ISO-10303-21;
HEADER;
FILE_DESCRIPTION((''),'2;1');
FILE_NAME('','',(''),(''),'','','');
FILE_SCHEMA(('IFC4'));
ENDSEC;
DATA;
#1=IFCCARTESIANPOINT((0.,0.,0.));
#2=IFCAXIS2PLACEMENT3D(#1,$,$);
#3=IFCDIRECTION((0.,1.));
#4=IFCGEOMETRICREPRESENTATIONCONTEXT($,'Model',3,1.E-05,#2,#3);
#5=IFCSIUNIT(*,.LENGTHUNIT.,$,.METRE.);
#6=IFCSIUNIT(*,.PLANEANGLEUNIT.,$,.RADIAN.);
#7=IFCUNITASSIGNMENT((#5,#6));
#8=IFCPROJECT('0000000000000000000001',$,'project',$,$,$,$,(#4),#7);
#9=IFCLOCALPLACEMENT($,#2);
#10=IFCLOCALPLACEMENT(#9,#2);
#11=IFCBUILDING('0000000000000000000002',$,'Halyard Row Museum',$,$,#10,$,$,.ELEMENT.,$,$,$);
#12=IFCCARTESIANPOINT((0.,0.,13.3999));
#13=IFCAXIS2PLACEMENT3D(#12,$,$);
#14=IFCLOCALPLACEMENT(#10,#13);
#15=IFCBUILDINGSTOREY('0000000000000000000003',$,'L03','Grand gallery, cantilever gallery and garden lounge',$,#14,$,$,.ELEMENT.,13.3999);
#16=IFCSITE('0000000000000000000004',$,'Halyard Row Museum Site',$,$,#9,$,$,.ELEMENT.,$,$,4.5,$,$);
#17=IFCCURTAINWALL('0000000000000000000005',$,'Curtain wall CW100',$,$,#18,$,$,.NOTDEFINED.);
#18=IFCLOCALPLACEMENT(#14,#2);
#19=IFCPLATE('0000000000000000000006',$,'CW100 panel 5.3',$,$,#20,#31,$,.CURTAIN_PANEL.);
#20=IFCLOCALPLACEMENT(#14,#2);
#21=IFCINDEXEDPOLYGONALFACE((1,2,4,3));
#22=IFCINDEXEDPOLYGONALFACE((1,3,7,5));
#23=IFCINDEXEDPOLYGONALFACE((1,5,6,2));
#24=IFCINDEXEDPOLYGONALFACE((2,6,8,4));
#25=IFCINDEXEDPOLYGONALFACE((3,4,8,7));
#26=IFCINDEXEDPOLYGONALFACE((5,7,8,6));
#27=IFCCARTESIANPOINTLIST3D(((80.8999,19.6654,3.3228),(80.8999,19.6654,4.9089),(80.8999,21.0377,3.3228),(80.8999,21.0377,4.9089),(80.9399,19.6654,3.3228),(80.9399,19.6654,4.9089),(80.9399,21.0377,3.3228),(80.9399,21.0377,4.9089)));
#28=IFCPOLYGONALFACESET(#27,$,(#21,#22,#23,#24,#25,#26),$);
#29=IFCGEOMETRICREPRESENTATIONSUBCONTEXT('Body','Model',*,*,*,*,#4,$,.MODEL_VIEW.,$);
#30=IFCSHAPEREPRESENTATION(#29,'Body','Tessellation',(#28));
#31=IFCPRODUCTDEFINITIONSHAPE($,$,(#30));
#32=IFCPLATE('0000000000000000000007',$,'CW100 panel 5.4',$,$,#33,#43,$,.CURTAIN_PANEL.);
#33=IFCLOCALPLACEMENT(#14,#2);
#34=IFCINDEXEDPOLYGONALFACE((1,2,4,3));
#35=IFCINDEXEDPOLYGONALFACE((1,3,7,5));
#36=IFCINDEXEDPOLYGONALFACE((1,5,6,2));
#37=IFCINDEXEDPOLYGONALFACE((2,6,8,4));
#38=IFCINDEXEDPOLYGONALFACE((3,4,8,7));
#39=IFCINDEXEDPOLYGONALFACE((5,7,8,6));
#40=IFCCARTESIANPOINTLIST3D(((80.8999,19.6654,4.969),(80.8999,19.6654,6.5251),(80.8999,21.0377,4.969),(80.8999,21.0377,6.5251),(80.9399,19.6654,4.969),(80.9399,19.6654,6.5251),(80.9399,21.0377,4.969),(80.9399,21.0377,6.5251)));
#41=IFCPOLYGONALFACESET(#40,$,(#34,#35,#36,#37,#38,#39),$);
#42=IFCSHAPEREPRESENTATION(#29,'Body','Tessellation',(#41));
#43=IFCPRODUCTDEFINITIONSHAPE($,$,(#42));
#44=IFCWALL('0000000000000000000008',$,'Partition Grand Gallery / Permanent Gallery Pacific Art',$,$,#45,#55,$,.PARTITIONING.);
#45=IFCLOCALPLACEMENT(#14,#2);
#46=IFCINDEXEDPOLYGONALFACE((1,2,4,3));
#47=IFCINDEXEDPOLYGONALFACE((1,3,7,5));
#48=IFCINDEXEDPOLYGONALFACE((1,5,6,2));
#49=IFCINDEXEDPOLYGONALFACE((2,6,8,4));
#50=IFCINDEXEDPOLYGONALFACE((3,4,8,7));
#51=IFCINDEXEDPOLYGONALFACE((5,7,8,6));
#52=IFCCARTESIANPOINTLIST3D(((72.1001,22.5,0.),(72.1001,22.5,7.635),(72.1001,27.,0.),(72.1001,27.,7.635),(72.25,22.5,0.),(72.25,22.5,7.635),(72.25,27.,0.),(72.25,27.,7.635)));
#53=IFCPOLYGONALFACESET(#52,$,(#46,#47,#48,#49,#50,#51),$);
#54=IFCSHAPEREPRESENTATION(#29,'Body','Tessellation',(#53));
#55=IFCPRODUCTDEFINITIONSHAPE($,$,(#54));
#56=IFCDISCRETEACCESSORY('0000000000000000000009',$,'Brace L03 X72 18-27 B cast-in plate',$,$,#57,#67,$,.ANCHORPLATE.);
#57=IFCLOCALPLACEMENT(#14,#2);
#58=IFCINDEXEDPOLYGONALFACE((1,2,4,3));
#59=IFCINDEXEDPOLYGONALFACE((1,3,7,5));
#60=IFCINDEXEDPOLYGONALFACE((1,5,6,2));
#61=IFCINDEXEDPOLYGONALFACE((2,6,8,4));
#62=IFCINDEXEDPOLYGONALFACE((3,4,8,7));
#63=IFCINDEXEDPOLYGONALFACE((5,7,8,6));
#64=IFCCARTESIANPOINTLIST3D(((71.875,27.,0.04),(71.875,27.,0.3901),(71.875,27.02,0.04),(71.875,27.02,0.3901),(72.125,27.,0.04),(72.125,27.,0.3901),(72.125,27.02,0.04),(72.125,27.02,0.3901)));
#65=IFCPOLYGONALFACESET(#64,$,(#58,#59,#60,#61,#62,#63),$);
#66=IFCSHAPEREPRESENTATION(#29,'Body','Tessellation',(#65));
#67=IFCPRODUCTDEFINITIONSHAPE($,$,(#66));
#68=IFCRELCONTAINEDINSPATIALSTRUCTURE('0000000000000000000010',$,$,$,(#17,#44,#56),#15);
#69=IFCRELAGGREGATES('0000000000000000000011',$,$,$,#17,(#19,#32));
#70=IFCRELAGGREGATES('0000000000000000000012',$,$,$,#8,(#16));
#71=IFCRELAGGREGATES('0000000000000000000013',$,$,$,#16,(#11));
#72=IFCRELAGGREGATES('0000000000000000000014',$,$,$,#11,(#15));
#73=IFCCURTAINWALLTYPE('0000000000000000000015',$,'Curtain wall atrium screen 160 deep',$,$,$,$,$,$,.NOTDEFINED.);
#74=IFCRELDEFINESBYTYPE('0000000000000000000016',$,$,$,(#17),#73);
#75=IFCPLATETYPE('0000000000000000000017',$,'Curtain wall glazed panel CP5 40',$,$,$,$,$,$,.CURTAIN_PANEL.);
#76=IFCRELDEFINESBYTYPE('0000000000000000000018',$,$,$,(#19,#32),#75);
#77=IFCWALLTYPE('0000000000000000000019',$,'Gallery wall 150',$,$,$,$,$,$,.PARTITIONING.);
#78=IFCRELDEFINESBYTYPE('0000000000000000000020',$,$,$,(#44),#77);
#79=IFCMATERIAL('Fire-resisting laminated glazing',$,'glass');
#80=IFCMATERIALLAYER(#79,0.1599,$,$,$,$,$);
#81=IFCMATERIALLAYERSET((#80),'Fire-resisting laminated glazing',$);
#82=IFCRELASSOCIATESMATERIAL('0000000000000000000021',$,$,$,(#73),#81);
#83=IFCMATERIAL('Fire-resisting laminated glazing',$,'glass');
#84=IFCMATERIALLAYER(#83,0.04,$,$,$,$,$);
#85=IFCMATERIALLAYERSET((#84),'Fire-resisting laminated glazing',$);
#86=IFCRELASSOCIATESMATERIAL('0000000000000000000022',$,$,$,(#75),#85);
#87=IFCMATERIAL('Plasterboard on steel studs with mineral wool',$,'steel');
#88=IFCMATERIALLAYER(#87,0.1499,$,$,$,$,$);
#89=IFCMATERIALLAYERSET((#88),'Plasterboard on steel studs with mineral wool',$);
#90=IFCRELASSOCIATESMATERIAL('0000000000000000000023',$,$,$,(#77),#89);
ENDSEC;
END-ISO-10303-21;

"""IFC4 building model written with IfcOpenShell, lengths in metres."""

from ifc_helpers import new_model, si_unit, direction, frame, frame_2d, origin, origin_2d, place, context, subcontext, project, spatial, rectangle, extrude, material, layer, layer_set, type_object, element, aggregate, save


model = new_model("IFC4")

# Units and contexts
model_context = context("Model", 3, precision=1e-05, world=origin(), true_north=direction((0.0, 1.0)))
body_context = subcontext(model_context, "Body", "Model", "MODEL_VIEW")
ifc_project = project(units=[si_unit("LENGTHUNIT", "METRE"), si_unit("PLANEANGLEUNIT", "RADIAN")], contexts=[model_context])

# Site, building, storey
site_placement = place(None, origin())
site = spatial("IfcSite", under=ifc_project, at=site_placement, Name="Halyard Row Museum Site", CompositionType="ELEMENT", RefElevation=4.5)
building_placement = place(site_placement, origin())
building = spatial("IfcBuilding", under=site, at=building_placement, Name="Halyard Row Museum", CompositionType="ELEMENT")
storey_placement = place(building_placement, frame((0.0, 0.0, 13.3999)))
storey = spatial("IfcBuildingStorey", under=building, at=storey_placement, Name="L03", Description="Grand gallery, cantilever gallery and garden lounge", CompositionType="ELEMENT", Elevation=13.3999)

# Curtain wall
ifc_material_1 = material(Name="Fire-resisting laminated glazing", Category="glass")
ifc_layer_1 = layer(ifc_material_1, 0.1599)
ifc_layer_set_1 = layer_set([ifc_layer_1], Name="Fire-resisting laminated glazing")
curtain_wall_type = type_object("IfcCurtainWallType", Name="Curtain wall atrium screen 160 deep", PredefinedType="NOTDEFINED", material=ifc_layer_set_1)
curtain_wall_placement = place(storey_placement, origin())
curtain_wall = element("IfcCurtainWall", 1, at=curtain_wall_placement, inside=storey, type_object=curtain_wall_type, Name="Curtain wall CW100", PredefinedType="NOTDEFINED")

# Plates
ifc_material_2 = material(Name="Fire-resisting laminated glazing", Category="glass")
ifc_layer_2 = layer(ifc_material_2, 0.04)
ifc_layer_set_2 = layer_set([ifc_layer_2], Name="Fire-resisting laminated glazing")
plate_type = type_object("IfcPlateType", Name="Curtain wall glazed panel CP5 40", PredefinedType="CURTAIN_PANEL", material=ifc_layer_set_2)
plate_1_placement = place(storey_placement, frame((80.9199, 20.3516, 3.3228), z_axis=(0.0, 0.0, 1.0), x_axis=(0.0, -1.0, 0.0)))
plate_1 = element("IfcPlate", 2, at=plate_1_placement, type_object=plate_type, Name="CW100 panel 5.3", PredefinedType="CURTAIN_PANEL", context=body_context, shape_type="SweptSolid", body=[
    extrude(rectangle(XDim=1.3723, YDim=0.04, at=origin_2d()), origin(), (0.0, 0.0, 1.0), 1.5862),
])
plate_2_placement = place(storey_placement, frame((80.9199, 20.3516, 4.969), z_axis=(0.0, 0.0, 1.0), x_axis=(0.0, -1.0, 0.0)))
plate_2 = element("IfcPlate", 3, at=plate_2_placement, type_object=plate_type, Name="CW100 panel 5.4", PredefinedType="CURTAIN_PANEL", context=body_context, shape_type="SweptSolid", body=[
    extrude(rectangle(XDim=1.3723, YDim=0.04, at=origin_2d()), origin(), (0.0, 0.0, 1.0), 1.5562),
])
aggregate(curtain_wall, [plate_1, plate_2])

# Wall
ifc_material_3 = material(Name="Plasterboard on steel studs with mineral wool", Category="steel")
ifc_layer_3 = layer(ifc_material_3, 0.1499)
ifc_layer_set_3 = layer_set([ifc_layer_3], Name="Plasterboard on steel studs with mineral wool")
wall_type_1 = type_object("IfcWallType", Name="Gallery wall 150", PredefinedType="PARTITIONING", material=ifc_layer_set_3)
wall_1_placement = place(storey_placement, frame((72.175, 22.5, 0.0), z_axis=(0.0, 0.0, 1.0), x_axis=(0.0, 1.0, 0.0)))
element("IfcWall", 4, at=wall_1_placement, inside=storey, type_object=wall_type_1, Name="Partition Grand Gallery / Permanent Gallery Pacific Art", PredefinedType="PARTITIONING", context=body_context, shape_type="SweptSolid", body=[
    extrude(rectangle(XDim=4.5, YDim=0.1499, at=frame_2d((2.25, 0.0))), origin(), (0.0, 0.0, 1.0), 7.635),
])

# Discrete accessory
discrete_accessory_placement = place(storey_placement, frame((72.0, 27.0, 0.2151), z_axis=(0.0, 1.0, 0.0), x_axis=(-1.0, 0.0, 0.0)))
element("IfcDiscreteAccessory", 5, at=discrete_accessory_placement, inside=storey, Name="Brace L03 X72 18-27 B cast-in plate", PredefinedType="ANCHORPLATE", context=body_context, shape_type="SweptSolid", body=[
    extrude(rectangle(XDim=0.25, YDim=0.3501, at=origin_2d()), origin(), (0.0, 0.0, 1.0), 0.02),
])

save(model, "model.ifc")
